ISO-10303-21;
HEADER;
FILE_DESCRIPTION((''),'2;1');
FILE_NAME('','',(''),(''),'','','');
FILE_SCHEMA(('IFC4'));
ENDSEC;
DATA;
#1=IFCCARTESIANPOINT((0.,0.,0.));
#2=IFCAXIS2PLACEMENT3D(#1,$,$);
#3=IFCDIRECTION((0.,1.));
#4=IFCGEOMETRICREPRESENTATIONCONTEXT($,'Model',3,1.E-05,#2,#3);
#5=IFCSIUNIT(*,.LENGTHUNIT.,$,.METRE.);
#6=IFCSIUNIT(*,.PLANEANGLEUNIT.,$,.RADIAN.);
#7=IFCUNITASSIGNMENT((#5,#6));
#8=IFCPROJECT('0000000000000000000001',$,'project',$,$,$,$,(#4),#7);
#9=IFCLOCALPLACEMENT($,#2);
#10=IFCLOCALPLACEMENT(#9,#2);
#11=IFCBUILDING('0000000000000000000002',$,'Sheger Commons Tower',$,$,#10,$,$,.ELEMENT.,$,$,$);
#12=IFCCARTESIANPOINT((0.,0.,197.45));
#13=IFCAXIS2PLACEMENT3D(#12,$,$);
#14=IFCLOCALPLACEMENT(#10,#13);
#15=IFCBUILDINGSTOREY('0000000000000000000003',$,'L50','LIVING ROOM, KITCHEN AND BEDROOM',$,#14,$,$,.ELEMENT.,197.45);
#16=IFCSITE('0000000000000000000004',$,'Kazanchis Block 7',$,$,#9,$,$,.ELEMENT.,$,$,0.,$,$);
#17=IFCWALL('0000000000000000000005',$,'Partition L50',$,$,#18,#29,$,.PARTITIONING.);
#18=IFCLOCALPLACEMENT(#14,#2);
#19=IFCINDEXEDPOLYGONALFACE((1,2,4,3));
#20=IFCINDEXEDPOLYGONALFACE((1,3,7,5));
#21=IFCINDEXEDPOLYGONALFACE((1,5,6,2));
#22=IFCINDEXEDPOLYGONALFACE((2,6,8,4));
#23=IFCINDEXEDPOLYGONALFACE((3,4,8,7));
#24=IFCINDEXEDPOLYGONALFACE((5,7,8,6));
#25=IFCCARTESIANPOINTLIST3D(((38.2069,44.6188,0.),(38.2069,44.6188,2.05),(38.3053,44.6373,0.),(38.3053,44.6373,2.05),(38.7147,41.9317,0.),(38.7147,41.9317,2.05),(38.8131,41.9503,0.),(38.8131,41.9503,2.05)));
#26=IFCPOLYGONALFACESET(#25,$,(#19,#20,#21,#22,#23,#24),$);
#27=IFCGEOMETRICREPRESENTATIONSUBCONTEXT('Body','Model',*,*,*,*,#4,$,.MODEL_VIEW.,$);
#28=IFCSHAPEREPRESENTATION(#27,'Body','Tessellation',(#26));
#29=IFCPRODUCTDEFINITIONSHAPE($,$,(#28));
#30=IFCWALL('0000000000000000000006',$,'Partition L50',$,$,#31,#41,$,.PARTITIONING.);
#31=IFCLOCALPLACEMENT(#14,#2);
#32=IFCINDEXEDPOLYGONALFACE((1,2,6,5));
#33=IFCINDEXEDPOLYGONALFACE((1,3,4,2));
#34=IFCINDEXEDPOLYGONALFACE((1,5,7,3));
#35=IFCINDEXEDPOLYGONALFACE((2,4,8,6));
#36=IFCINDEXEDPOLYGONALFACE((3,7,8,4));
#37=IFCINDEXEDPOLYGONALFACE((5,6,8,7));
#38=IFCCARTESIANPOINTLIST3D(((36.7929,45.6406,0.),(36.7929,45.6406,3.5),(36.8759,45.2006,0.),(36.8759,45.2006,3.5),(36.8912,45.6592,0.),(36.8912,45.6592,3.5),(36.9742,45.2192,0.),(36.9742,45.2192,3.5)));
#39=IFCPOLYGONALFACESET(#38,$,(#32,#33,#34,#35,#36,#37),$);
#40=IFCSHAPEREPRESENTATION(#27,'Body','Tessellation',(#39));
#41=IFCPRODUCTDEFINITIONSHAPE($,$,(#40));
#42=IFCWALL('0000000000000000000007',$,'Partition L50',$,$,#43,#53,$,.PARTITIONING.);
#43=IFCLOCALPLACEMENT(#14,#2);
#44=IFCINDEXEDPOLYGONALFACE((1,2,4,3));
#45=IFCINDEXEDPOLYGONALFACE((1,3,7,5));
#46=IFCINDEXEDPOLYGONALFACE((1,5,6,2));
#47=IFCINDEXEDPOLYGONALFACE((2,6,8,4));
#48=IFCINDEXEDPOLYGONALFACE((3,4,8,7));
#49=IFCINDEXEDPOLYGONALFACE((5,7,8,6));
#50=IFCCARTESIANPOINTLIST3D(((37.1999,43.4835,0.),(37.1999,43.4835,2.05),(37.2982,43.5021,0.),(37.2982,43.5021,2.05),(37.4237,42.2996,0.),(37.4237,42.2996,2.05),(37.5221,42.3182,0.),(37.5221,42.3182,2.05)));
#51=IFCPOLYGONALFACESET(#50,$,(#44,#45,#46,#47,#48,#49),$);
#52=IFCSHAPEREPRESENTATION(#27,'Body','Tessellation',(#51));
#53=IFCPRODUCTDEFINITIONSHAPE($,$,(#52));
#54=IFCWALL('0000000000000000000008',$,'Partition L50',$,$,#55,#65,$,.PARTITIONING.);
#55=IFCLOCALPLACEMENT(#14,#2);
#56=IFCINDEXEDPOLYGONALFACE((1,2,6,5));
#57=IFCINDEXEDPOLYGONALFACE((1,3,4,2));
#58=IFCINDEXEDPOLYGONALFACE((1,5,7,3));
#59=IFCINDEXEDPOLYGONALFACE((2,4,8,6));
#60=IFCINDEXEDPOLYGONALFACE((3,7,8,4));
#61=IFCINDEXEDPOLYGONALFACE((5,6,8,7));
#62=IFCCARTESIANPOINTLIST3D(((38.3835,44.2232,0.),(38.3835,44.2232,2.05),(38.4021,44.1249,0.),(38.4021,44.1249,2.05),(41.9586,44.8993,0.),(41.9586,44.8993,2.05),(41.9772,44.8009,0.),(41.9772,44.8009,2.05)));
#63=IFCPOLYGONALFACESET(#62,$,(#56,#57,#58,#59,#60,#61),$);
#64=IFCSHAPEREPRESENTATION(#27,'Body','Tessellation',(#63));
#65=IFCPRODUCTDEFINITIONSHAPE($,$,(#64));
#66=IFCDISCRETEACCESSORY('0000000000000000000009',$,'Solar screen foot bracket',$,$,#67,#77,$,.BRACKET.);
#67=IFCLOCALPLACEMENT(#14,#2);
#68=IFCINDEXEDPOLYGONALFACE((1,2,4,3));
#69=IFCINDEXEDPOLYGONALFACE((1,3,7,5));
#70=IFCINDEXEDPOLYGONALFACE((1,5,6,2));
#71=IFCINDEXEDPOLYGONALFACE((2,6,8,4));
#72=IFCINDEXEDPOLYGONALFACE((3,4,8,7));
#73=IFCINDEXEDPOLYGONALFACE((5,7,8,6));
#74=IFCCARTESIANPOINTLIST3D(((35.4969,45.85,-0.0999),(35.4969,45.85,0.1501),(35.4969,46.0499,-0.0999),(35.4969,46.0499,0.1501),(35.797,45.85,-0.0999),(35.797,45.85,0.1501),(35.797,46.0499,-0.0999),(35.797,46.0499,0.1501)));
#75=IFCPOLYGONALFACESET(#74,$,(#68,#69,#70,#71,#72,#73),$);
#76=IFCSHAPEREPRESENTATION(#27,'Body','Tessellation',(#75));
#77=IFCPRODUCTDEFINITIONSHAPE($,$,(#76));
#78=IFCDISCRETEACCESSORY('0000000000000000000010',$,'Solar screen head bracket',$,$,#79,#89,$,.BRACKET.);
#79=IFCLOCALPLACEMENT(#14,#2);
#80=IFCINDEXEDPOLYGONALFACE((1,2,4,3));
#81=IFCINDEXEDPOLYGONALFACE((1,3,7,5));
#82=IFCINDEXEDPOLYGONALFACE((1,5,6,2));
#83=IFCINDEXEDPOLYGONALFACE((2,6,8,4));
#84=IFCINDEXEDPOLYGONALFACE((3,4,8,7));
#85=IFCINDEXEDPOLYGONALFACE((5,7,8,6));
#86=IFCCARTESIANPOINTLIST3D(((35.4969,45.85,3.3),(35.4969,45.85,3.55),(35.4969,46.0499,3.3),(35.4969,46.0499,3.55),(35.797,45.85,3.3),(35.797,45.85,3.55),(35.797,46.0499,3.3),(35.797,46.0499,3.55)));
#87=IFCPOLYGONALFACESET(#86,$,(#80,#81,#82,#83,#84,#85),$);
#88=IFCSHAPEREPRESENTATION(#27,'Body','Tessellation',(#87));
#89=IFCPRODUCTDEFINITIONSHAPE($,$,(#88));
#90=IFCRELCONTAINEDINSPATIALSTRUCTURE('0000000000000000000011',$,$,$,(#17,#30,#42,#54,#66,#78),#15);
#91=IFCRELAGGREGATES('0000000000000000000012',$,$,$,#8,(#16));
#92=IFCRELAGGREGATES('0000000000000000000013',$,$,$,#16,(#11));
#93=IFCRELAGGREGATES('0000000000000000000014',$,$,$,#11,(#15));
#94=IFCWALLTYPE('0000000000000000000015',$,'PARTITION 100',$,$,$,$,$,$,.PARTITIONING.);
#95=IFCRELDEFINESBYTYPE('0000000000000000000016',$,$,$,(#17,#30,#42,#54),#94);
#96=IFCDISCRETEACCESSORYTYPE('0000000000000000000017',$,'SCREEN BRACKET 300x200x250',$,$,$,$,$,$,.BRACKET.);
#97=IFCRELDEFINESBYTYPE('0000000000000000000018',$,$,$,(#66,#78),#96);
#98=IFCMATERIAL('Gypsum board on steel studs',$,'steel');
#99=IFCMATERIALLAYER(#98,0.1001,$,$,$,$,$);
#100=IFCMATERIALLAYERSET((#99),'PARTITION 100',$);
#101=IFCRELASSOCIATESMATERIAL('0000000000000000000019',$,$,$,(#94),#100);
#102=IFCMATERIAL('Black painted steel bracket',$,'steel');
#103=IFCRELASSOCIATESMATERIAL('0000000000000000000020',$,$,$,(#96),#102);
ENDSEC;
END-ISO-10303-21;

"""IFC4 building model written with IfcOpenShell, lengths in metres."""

from ifc_helpers import new_model, si_unit, direction, frame, frame_2d, origin, origin_2d, place, context, subcontext, project, spatial, rectangle, extrude, material, layer, layer_set, type_object, element, save


model = new_model("IFC4")

# Units and contexts
model_context = context("Model", 3, precision=1e-05, world=origin(), true_north=direction((0.0, 1.0)))
body_context = subcontext(model_context, "Body", "Model", "MODEL_VIEW")
ifc_project = project(units=[si_unit("LENGTHUNIT", "METRE"), si_unit("PLANEANGLEUNIT", "RADIAN")], contexts=[model_context])

# Site, building, storey
site_placement = place(None, origin())
site = spatial("IfcSite", under=ifc_project, at=site_placement, Name="Kazanchis Block 7", CompositionType="ELEMENT", RefElevation=0.0)
building_placement = place(site_placement, origin())
building = spatial("IfcBuilding", under=site, at=building_placement, Name="Sheger Commons Tower", CompositionType="ELEMENT")
storey_placement = place(building_placement, frame((0.0, 0.0, 197.45)))
storey = spatial("IfcBuildingStorey", under=building, at=storey_placement, Name="L50", Description="LIVING ROOM, KITCHEN AND BEDROOM", CompositionType="ELEMENT", Elevation=197.45)

# Walls
ifc_material_1 = material(Name="Gypsum board on steel studs", Category="steel")
ifc_layer_1 = layer(ifc_material_1, 0.1001)
ifc_layer_set_1 = layer_set([ifc_layer_1], Name="PARTITION 100")
wall_type_1 = type_object("IfcWallType", Name="PARTITION 100", PredefinedType="PARTITIONING", material=ifc_layer_set_1)
wall_1_placement = place(storey_placement, frame((38.2561, 44.6279, 0.0), z_axis=(0.0, 0.0, 1.0), x_axis=(0.185701, -0.982606, 0.0)))
element("IfcWall", 1, at=wall_1_placement, inside=storey, type_object=wall_type_1, Name="Partition L50", PredefinedType="PARTITIONING", context=body_context, shape_type="SweptSolid", body=[
    extrude(rectangle(XDim=2.7346, YDim=0.1001, at=frame_2d((1.3672, 0.0))), origin(), (0.0, 0.0, 1.0), 2.05),
])
wall_2_placement = place(storey_placement, frame((36.842, 45.6499, 0.0), z_axis=(0.0, 0.0, 1.0), x_axis=(0.185408, -0.982662, 0.0)))
element("IfcWall", 2, at=wall_2_placement, inside=storey, type_object=wall_type_1, Name="Partition L50", PredefinedType="PARTITIONING", context=body_context, shape_type="SweptSolid", body=[
    extrude(rectangle(XDim=0.4478, YDim=0.1001, at=frame_2d((0.2239, 0.0))), origin(), (0.0, 0.0, 1.0), 3.5),
])
wall_3_placement = place(storey_placement, frame((37.249, 43.4929, 0.0), z_axis=(0.0, 0.0, 1.0), x_axis=(0.185818, -0.982584, 0.0)))
element("IfcWall", 3, at=wall_3_placement, inside=storey, type_object=wall_type_1, Name="Partition L50", PredefinedType="PARTITIONING", context=body_context, shape_type="SweptSolid", body=[
    extrude(rectangle(XDim=1.2048, YDim=0.1001, at=frame_2d((0.6025, 0.0))), origin(), (0.0, 0.0, 1.0), 2.05),
])
wall_4_placement = place(storey_placement, frame((41.968, 44.8501, 0.0), z_axis=(0.0, 0.0, 1.0), x_axis=(-0.982586, -0.185808, 0.0)))
element("IfcWall", 4, at=wall_4_placement, inside=storey, type_object=wall_type_1, Name="Partition L50", PredefinedType="PARTITIONING", context=body_context, shape_type="SweptSolid", body=[
    extrude(rectangle(XDim=3.6384, YDim=0.1001, at=frame_2d((1.8193, 0.0))), origin(), (0.0, 0.0, 1.0), 2.05),
])

# Discrete accessories
ifc_material_2 = material(Name="Black painted steel bracket", Category="steel")
discrete_accessory_type = type_object("IfcDiscreteAccessoryType", Name="SCREEN BRACKET 300x200x250", PredefinedType="BRACKET", material=ifc_material_2)
for number, where, z_axis, x_axis, name in (
    (5, (35.647, 45.95, -0.0999), (0.0, 0.0, 1.0), (-1.0, 0.0, 0.0), "Solar screen foot bracket"),
    (6, (35.647, 45.95, 3.3), (0.0, 0.0, 1.0), (-1.0, 0.0, 0.0), "Solar screen head bracket"),
):
    element("IfcDiscreteAccessory", number, at=place(storey_placement, frame(where, z_axis=z_axis, x_axis=x_axis)), inside=storey, type_object=discrete_accessory_type, Name=name, PredefinedType="BRACKET", context=body_context, shape_type="SweptSolid", body=[
        extrude(rectangle(XDim=0.3, YDim=0.2, at=origin_2d()), origin(), (0.0, 0.0, 1.0), 0.25),
    ])

save(model, "model.ifc")
